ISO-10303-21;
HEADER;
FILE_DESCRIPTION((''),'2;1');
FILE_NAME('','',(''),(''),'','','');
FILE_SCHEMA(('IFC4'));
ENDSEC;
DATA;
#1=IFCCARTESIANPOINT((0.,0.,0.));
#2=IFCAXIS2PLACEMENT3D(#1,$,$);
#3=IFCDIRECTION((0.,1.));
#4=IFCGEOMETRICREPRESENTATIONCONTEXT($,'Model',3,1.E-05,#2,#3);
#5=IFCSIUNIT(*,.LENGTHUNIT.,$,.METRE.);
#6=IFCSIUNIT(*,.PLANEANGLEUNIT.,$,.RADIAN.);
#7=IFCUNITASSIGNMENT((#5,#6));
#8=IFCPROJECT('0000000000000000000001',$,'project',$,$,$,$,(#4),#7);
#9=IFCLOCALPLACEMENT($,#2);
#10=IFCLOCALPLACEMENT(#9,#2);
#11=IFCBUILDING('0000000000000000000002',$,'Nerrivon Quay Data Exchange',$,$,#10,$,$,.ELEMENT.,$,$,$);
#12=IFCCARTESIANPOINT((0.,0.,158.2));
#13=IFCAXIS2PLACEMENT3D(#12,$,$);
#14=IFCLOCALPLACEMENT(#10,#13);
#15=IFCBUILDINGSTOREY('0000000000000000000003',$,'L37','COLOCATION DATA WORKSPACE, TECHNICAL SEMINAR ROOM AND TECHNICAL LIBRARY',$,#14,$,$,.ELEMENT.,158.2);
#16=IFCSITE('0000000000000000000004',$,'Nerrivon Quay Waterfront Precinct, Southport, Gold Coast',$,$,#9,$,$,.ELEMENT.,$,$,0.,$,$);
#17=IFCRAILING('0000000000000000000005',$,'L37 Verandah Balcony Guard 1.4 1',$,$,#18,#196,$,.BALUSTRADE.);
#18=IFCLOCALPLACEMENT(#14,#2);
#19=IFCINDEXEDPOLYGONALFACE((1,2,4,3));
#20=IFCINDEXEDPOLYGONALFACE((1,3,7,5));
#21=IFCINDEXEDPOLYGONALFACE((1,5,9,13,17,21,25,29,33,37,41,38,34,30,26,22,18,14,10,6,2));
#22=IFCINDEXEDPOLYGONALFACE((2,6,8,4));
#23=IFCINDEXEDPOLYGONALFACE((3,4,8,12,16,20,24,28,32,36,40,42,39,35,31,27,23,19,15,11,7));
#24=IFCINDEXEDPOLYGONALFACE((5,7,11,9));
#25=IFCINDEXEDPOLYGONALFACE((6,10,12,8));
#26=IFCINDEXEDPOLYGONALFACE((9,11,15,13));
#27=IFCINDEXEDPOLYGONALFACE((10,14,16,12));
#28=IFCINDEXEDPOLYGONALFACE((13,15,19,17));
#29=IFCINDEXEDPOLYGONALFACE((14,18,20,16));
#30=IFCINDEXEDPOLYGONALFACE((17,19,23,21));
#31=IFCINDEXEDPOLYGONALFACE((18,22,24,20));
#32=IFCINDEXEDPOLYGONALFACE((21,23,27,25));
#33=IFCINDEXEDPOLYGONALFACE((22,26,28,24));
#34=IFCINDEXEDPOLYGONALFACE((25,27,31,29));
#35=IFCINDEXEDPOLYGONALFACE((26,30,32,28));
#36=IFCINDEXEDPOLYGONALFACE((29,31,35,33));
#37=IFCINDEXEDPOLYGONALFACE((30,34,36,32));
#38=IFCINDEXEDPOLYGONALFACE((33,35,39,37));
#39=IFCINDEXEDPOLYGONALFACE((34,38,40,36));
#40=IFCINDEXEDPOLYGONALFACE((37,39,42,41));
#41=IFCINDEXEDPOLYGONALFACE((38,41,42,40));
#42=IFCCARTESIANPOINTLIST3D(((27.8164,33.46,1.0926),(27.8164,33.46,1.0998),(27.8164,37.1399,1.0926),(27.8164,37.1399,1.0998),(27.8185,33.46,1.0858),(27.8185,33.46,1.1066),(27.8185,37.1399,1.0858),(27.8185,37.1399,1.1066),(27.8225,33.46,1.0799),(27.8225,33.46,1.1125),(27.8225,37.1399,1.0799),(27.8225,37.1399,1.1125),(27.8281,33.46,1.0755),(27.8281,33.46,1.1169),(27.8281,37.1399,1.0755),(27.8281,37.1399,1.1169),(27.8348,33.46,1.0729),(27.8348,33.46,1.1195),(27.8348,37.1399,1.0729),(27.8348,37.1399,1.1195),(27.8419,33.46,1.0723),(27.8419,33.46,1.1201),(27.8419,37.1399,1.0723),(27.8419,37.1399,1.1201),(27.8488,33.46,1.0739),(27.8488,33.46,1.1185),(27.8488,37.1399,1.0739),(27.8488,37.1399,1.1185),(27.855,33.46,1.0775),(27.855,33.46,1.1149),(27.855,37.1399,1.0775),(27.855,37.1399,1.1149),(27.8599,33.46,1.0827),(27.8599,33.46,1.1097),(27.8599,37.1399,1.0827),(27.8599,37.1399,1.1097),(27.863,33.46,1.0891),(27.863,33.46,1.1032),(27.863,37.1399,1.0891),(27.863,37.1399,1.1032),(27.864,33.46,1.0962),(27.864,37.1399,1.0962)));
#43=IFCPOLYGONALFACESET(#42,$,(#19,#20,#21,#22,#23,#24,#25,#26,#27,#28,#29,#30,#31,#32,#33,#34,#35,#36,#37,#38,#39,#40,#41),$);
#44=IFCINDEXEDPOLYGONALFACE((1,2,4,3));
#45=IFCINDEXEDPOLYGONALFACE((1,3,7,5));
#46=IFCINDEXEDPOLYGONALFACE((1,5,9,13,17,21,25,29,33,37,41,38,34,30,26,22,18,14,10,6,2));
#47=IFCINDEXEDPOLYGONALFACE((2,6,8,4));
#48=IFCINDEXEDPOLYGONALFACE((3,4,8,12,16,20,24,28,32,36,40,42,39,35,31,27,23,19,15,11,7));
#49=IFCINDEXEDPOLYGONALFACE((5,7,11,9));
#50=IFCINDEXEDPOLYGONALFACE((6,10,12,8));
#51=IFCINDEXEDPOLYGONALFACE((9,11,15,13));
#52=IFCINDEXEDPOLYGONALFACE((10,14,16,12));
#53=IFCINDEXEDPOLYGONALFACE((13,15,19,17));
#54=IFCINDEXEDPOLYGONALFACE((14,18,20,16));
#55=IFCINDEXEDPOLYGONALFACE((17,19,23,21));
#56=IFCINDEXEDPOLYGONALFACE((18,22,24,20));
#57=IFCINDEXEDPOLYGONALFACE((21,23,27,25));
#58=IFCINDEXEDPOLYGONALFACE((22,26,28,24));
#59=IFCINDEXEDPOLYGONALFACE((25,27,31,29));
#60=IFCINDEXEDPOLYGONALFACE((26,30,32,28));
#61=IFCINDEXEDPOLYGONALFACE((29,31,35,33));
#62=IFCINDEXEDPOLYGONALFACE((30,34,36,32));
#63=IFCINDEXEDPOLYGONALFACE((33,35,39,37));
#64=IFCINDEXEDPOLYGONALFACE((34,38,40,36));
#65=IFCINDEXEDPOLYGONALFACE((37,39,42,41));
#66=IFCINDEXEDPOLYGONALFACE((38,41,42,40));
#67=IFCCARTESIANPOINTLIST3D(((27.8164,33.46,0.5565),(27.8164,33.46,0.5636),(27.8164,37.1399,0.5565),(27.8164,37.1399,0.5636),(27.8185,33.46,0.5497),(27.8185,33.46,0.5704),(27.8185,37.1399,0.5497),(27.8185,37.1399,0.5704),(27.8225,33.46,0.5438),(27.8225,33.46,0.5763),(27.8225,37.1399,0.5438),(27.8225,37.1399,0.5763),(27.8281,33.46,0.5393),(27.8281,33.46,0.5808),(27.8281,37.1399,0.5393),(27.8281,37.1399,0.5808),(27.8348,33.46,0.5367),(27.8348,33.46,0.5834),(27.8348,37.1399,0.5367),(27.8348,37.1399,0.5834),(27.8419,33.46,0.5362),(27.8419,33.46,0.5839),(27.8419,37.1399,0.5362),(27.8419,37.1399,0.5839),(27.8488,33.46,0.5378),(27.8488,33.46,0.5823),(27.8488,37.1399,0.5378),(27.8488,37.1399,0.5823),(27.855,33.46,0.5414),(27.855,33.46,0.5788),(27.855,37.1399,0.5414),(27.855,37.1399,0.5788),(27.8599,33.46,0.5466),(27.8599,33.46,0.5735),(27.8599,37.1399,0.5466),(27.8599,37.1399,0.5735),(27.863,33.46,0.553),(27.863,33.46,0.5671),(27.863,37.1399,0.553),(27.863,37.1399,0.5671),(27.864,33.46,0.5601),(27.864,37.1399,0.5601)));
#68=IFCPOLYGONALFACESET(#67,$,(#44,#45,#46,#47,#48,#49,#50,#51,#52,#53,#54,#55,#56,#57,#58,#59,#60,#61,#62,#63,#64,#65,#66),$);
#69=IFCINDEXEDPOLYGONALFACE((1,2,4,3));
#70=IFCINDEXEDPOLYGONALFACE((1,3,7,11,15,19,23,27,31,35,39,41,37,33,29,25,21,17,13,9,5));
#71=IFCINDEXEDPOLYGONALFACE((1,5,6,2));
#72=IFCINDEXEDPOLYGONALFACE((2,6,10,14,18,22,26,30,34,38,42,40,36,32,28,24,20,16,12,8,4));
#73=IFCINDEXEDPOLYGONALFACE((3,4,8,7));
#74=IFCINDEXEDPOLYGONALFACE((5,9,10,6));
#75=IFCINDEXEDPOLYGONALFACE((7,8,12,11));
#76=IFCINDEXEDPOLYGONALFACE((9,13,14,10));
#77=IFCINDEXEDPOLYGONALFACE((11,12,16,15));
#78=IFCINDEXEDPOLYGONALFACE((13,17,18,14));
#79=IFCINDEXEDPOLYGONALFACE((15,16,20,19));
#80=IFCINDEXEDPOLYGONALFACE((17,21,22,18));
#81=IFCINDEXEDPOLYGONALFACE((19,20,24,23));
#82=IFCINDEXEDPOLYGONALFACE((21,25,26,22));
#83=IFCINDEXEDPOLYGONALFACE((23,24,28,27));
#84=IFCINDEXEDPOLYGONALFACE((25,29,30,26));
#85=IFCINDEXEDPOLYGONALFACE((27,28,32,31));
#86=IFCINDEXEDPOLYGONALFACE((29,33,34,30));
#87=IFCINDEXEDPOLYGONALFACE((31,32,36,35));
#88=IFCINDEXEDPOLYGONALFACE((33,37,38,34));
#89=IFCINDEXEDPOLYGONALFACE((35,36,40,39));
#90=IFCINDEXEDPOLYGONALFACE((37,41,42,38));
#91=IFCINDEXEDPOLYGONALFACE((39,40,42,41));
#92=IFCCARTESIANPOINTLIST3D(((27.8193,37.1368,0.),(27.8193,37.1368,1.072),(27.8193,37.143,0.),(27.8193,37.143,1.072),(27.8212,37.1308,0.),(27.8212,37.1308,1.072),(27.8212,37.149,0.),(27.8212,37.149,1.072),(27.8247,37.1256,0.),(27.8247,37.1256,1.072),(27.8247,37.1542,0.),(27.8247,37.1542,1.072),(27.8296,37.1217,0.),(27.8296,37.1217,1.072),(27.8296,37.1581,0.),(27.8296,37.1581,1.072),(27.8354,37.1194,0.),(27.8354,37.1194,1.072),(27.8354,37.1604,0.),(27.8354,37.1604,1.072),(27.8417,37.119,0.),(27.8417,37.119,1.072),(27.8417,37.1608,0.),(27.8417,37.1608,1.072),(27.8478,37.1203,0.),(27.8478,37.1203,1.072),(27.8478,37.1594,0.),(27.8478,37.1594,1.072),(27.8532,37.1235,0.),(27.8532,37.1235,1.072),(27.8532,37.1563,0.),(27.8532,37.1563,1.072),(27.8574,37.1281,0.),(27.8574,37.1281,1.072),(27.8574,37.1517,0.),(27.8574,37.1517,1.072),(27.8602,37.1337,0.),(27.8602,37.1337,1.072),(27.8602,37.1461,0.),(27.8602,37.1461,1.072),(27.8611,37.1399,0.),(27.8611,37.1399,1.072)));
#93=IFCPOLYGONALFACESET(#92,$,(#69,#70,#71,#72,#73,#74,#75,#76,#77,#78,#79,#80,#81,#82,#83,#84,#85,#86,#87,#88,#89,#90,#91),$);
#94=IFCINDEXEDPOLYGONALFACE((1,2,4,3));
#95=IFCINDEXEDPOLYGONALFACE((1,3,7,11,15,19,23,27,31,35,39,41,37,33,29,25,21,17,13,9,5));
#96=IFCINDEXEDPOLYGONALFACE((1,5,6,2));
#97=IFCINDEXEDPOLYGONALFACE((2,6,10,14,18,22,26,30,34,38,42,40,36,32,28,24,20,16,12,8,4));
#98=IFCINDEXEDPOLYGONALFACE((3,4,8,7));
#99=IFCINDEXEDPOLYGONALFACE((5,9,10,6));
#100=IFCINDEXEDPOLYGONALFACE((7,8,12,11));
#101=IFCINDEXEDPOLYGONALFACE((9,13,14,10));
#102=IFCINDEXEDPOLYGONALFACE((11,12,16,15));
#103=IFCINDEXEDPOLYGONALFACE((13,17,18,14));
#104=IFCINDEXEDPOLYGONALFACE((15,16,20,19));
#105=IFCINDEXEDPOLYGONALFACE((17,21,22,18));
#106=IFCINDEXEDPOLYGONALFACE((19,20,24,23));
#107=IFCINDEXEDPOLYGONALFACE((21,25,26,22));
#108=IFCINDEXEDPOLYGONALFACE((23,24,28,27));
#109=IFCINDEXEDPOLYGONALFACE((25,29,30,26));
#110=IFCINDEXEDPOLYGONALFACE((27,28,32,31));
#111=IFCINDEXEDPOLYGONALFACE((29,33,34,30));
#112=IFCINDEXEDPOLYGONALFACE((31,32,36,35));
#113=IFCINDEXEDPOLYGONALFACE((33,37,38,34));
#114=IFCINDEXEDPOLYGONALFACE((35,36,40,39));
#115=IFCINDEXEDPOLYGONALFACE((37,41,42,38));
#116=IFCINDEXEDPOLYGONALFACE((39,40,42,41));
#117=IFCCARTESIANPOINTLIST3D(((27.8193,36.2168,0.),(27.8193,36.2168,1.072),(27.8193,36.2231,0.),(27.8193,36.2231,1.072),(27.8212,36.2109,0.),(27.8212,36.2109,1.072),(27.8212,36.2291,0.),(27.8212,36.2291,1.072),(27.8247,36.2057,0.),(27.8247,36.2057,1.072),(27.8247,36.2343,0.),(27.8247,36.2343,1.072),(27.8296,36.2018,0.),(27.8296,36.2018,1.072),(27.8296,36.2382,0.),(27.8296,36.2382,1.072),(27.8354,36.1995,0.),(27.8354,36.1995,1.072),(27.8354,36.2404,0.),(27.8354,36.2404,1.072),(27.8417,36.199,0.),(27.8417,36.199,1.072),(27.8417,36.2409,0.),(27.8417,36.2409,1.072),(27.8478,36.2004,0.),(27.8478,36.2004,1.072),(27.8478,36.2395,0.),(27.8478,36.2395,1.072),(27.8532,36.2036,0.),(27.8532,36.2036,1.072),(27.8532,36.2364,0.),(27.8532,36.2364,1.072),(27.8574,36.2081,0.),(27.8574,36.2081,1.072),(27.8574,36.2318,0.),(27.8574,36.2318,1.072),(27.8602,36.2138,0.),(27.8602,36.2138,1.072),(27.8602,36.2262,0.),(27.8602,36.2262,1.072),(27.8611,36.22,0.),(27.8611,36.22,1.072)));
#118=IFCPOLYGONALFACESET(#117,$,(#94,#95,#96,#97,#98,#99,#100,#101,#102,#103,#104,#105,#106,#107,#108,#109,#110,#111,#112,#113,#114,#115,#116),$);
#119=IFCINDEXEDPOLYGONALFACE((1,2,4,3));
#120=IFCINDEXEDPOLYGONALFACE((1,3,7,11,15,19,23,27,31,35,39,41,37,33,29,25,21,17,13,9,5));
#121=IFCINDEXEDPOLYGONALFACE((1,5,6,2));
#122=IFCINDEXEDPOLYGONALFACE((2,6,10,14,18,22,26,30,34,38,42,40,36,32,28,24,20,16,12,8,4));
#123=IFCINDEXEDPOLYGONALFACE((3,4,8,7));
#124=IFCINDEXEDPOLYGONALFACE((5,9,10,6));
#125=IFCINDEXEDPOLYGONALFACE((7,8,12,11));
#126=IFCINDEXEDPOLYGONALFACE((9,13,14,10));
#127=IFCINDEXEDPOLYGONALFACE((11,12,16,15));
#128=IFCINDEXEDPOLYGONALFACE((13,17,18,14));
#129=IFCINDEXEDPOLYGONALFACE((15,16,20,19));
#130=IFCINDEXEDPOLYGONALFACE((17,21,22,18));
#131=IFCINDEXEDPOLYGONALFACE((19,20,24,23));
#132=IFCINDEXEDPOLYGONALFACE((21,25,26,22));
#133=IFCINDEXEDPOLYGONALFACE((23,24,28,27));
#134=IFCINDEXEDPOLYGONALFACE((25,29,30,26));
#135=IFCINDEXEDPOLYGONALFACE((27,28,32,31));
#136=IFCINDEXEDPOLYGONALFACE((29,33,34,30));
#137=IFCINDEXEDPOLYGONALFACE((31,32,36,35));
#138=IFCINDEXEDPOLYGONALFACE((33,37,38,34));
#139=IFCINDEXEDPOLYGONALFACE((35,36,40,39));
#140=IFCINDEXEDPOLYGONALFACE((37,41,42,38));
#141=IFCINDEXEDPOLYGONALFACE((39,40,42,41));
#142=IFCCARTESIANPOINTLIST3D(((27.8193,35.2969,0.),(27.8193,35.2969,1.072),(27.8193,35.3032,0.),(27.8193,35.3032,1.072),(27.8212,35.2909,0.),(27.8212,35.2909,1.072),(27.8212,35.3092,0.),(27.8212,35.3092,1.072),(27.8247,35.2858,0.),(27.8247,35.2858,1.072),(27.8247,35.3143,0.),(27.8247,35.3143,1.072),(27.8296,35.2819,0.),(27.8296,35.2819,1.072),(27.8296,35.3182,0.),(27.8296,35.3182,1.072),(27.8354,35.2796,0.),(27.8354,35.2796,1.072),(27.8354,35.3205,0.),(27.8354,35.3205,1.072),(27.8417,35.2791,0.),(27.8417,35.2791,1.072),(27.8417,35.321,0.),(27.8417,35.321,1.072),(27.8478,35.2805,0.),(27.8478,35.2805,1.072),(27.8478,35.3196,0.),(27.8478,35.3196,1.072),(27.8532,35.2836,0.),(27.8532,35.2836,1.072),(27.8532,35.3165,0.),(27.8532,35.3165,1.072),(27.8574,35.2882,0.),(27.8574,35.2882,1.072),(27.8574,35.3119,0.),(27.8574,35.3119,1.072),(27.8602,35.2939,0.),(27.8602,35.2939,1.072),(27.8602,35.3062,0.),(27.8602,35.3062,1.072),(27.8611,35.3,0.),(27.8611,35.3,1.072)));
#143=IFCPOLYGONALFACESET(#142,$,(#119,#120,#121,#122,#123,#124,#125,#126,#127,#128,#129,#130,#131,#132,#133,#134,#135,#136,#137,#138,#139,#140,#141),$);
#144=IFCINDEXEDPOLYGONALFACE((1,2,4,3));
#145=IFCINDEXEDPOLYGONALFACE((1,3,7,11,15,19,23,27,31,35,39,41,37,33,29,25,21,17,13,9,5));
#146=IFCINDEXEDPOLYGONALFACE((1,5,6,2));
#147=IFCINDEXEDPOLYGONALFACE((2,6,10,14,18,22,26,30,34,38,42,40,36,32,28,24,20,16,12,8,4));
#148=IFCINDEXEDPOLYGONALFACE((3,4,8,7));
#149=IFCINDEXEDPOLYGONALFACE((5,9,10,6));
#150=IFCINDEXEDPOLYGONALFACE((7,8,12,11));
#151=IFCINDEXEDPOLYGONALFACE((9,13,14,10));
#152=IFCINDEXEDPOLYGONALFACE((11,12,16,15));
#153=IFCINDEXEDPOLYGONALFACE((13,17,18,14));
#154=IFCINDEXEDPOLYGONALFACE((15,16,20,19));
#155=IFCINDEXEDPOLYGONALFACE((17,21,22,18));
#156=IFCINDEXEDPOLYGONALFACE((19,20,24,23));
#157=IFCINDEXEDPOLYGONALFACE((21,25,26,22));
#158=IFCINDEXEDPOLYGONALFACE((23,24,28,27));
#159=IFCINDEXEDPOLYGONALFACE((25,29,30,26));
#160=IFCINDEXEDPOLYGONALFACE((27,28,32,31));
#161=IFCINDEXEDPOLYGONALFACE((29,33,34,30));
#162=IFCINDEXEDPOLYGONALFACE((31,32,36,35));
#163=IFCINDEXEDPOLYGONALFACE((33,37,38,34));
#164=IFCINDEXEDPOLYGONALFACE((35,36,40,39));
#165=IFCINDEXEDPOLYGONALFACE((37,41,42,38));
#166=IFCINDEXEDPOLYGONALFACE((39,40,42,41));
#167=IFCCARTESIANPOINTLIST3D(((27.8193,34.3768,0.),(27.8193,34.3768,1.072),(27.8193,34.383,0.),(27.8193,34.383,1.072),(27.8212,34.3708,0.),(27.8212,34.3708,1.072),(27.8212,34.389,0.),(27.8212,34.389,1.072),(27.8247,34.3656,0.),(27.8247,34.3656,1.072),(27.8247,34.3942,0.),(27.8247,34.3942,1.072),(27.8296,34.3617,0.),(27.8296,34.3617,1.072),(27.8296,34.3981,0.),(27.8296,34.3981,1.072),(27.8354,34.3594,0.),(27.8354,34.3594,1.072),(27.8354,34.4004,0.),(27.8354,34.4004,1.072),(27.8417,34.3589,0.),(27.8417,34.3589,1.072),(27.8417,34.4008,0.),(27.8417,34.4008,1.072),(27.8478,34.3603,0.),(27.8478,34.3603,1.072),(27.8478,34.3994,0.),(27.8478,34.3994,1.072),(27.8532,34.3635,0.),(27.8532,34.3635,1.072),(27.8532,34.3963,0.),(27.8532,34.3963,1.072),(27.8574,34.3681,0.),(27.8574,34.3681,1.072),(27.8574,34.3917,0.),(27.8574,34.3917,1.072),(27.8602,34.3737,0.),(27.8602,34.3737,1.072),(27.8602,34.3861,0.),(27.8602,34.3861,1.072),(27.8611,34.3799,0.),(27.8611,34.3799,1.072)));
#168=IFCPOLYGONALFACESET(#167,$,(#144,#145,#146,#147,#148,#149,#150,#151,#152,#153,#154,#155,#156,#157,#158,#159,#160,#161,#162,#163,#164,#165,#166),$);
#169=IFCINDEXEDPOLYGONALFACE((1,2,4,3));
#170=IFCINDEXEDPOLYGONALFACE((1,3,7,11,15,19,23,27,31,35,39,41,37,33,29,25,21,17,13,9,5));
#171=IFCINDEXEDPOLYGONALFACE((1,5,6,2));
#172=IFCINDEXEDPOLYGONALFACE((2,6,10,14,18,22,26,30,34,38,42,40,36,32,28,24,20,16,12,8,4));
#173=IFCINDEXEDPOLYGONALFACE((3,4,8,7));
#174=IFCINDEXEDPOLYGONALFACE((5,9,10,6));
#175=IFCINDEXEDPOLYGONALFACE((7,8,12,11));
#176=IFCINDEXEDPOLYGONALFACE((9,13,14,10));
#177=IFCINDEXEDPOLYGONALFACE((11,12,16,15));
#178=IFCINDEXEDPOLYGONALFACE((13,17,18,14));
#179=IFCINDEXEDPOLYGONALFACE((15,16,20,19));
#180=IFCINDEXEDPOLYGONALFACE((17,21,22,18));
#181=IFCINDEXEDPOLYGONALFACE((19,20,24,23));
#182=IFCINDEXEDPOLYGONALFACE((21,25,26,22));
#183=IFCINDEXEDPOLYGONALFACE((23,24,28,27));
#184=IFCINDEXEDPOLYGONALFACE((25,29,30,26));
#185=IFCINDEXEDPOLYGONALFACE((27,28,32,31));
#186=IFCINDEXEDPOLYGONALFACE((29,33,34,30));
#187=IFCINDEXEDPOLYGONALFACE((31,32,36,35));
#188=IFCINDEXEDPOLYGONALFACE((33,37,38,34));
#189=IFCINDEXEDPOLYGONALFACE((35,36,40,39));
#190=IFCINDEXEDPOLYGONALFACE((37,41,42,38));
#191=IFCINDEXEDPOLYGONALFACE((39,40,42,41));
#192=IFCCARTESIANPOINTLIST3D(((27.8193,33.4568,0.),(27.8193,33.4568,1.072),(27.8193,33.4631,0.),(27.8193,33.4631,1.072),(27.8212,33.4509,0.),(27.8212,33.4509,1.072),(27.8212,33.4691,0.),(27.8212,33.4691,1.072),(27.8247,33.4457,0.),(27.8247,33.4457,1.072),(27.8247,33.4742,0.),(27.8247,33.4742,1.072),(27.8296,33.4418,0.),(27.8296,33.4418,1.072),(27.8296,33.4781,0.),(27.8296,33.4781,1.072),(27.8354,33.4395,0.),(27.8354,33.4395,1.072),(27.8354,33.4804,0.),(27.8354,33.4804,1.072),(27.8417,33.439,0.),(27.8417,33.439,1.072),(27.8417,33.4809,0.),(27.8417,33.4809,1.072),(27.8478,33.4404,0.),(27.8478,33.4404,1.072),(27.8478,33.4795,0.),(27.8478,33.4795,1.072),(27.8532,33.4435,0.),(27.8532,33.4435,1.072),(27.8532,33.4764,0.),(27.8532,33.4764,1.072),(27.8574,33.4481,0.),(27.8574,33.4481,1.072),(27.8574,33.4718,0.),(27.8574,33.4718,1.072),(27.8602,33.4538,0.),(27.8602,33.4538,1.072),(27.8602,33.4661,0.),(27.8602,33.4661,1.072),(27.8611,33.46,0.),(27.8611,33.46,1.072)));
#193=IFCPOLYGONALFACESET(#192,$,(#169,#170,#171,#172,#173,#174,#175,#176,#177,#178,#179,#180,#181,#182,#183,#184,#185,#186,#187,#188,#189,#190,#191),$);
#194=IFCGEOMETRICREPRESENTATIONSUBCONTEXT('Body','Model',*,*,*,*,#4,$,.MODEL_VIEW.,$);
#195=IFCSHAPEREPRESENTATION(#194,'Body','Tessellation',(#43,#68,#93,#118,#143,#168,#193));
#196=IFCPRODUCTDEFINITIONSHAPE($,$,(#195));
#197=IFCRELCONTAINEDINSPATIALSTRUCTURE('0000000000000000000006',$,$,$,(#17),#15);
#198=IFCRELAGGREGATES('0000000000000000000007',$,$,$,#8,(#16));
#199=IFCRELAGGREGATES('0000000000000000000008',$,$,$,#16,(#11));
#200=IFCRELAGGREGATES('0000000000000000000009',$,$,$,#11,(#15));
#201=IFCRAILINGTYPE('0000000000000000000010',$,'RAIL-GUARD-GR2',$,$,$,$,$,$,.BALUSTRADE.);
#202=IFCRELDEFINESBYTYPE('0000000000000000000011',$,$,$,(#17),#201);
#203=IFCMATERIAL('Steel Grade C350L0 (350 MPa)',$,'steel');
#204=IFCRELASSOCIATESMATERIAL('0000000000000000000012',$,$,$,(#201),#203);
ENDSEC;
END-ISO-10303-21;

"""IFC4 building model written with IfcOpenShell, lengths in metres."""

from ifc_helpers import new_model, si_unit, direction, frame, origin, origin_2d, place, context, subcontext, project, spatial, circle, extrude, material, type_object, element, save


model = new_model("IFC4")

# Units and contexts
model_context = context("Model", 3, precision=1e-05, world=origin(), true_north=direction((0.0, 1.0)))
body_context = subcontext(model_context, "Body", "Model", "MODEL_VIEW")
ifc_project = project(units=[si_unit("LENGTHUNIT", "METRE"), si_unit("PLANEANGLEUNIT", "RADIAN")], contexts=[model_context])

# Site, building, storey
site_placement = place(None, origin())
site = spatial("IfcSite", under=ifc_project, at=site_placement, Name="Nerrivon Quay Waterfront Precinct, Southport, Gold Coast", CompositionType="ELEMENT", RefElevation=0.0)
building_placement = place(site_placement, origin())
building = spatial("IfcBuilding", under=site, at=building_placement, Name="Nerrivon Quay Data Exchange", CompositionType="ELEMENT")
storey_placement = place(building_placement, frame((0.0, 0.0, 158.2)))
storey = spatial("IfcBuildingStorey", under=building, at=storey_placement, Name="L37", Description="COLOCATION DATA WORKSPACE, TECHNICAL SEMINAR ROOM AND TECHNICAL LIBRARY", CompositionType="ELEMENT", Elevation=158.2)

# Railing
ifc_material_1 = material(Name="Steel Grade C350L0 (350 MPa)", Category="steel")
railing_type = type_object("IfcRailingType", Name="RAIL-GUARD-GR2", PredefinedType="BALUSTRADE", material=ifc_material_1)
railing_1_placement = place(storey_placement, frame((27.8401, 37.1399, 0.0)))
element("IfcRailing", 1, at=railing_1_placement, inside=storey, type_object=railing_type, Name="L37 Verandah Balcony Guard 1.4 1", PredefinedType="BALUSTRADE", context=body_context, shape_type="SweptSolid", body=[
    extrude(circle(Radius=0.0239, at=origin_2d()), frame((0.0, 0.0, 1.0962), z_axis=(0.0, -1.0, 0.0), x_axis=(1.0, 0.0, 0.0)), (0.0, 0.0, 1.0), 3.6799),
    extrude(circle(Radius=0.0239, at=origin_2d()), frame((0.0, 0.0, 0.5601), z_axis=(0.0, -1.0, 0.0), x_axis=(1.0, 0.0, 0.0)), (0.0, 0.0, 1.0), 3.6799),
    extrude(circle(Radius=0.021, at=origin_2d()), origin(), (0.0, 0.0, 1.0), 1.072),
    extrude(circle(Radius=0.021, at=origin_2d()), frame((0.0, -0.9199, 0.0)), (0.0, 0.0, 1.0), 1.072),
    extrude(circle(Radius=0.021, at=origin_2d()), frame((0.0, -1.8398, 0.0)), (0.0, 0.0, 1.0), 1.072),
    extrude(circle(Radius=0.021, at=origin_2d()), frame((0.0, -2.76, 0.0)), (0.0, 0.0, 1.0), 1.072),
    extrude(circle(Radius=0.021, at=origin_2d()), frame((0.0, -3.6799, 0.0)), (0.0, 0.0, 1.0), 1.072),
])

save(model, "model.ifc")
